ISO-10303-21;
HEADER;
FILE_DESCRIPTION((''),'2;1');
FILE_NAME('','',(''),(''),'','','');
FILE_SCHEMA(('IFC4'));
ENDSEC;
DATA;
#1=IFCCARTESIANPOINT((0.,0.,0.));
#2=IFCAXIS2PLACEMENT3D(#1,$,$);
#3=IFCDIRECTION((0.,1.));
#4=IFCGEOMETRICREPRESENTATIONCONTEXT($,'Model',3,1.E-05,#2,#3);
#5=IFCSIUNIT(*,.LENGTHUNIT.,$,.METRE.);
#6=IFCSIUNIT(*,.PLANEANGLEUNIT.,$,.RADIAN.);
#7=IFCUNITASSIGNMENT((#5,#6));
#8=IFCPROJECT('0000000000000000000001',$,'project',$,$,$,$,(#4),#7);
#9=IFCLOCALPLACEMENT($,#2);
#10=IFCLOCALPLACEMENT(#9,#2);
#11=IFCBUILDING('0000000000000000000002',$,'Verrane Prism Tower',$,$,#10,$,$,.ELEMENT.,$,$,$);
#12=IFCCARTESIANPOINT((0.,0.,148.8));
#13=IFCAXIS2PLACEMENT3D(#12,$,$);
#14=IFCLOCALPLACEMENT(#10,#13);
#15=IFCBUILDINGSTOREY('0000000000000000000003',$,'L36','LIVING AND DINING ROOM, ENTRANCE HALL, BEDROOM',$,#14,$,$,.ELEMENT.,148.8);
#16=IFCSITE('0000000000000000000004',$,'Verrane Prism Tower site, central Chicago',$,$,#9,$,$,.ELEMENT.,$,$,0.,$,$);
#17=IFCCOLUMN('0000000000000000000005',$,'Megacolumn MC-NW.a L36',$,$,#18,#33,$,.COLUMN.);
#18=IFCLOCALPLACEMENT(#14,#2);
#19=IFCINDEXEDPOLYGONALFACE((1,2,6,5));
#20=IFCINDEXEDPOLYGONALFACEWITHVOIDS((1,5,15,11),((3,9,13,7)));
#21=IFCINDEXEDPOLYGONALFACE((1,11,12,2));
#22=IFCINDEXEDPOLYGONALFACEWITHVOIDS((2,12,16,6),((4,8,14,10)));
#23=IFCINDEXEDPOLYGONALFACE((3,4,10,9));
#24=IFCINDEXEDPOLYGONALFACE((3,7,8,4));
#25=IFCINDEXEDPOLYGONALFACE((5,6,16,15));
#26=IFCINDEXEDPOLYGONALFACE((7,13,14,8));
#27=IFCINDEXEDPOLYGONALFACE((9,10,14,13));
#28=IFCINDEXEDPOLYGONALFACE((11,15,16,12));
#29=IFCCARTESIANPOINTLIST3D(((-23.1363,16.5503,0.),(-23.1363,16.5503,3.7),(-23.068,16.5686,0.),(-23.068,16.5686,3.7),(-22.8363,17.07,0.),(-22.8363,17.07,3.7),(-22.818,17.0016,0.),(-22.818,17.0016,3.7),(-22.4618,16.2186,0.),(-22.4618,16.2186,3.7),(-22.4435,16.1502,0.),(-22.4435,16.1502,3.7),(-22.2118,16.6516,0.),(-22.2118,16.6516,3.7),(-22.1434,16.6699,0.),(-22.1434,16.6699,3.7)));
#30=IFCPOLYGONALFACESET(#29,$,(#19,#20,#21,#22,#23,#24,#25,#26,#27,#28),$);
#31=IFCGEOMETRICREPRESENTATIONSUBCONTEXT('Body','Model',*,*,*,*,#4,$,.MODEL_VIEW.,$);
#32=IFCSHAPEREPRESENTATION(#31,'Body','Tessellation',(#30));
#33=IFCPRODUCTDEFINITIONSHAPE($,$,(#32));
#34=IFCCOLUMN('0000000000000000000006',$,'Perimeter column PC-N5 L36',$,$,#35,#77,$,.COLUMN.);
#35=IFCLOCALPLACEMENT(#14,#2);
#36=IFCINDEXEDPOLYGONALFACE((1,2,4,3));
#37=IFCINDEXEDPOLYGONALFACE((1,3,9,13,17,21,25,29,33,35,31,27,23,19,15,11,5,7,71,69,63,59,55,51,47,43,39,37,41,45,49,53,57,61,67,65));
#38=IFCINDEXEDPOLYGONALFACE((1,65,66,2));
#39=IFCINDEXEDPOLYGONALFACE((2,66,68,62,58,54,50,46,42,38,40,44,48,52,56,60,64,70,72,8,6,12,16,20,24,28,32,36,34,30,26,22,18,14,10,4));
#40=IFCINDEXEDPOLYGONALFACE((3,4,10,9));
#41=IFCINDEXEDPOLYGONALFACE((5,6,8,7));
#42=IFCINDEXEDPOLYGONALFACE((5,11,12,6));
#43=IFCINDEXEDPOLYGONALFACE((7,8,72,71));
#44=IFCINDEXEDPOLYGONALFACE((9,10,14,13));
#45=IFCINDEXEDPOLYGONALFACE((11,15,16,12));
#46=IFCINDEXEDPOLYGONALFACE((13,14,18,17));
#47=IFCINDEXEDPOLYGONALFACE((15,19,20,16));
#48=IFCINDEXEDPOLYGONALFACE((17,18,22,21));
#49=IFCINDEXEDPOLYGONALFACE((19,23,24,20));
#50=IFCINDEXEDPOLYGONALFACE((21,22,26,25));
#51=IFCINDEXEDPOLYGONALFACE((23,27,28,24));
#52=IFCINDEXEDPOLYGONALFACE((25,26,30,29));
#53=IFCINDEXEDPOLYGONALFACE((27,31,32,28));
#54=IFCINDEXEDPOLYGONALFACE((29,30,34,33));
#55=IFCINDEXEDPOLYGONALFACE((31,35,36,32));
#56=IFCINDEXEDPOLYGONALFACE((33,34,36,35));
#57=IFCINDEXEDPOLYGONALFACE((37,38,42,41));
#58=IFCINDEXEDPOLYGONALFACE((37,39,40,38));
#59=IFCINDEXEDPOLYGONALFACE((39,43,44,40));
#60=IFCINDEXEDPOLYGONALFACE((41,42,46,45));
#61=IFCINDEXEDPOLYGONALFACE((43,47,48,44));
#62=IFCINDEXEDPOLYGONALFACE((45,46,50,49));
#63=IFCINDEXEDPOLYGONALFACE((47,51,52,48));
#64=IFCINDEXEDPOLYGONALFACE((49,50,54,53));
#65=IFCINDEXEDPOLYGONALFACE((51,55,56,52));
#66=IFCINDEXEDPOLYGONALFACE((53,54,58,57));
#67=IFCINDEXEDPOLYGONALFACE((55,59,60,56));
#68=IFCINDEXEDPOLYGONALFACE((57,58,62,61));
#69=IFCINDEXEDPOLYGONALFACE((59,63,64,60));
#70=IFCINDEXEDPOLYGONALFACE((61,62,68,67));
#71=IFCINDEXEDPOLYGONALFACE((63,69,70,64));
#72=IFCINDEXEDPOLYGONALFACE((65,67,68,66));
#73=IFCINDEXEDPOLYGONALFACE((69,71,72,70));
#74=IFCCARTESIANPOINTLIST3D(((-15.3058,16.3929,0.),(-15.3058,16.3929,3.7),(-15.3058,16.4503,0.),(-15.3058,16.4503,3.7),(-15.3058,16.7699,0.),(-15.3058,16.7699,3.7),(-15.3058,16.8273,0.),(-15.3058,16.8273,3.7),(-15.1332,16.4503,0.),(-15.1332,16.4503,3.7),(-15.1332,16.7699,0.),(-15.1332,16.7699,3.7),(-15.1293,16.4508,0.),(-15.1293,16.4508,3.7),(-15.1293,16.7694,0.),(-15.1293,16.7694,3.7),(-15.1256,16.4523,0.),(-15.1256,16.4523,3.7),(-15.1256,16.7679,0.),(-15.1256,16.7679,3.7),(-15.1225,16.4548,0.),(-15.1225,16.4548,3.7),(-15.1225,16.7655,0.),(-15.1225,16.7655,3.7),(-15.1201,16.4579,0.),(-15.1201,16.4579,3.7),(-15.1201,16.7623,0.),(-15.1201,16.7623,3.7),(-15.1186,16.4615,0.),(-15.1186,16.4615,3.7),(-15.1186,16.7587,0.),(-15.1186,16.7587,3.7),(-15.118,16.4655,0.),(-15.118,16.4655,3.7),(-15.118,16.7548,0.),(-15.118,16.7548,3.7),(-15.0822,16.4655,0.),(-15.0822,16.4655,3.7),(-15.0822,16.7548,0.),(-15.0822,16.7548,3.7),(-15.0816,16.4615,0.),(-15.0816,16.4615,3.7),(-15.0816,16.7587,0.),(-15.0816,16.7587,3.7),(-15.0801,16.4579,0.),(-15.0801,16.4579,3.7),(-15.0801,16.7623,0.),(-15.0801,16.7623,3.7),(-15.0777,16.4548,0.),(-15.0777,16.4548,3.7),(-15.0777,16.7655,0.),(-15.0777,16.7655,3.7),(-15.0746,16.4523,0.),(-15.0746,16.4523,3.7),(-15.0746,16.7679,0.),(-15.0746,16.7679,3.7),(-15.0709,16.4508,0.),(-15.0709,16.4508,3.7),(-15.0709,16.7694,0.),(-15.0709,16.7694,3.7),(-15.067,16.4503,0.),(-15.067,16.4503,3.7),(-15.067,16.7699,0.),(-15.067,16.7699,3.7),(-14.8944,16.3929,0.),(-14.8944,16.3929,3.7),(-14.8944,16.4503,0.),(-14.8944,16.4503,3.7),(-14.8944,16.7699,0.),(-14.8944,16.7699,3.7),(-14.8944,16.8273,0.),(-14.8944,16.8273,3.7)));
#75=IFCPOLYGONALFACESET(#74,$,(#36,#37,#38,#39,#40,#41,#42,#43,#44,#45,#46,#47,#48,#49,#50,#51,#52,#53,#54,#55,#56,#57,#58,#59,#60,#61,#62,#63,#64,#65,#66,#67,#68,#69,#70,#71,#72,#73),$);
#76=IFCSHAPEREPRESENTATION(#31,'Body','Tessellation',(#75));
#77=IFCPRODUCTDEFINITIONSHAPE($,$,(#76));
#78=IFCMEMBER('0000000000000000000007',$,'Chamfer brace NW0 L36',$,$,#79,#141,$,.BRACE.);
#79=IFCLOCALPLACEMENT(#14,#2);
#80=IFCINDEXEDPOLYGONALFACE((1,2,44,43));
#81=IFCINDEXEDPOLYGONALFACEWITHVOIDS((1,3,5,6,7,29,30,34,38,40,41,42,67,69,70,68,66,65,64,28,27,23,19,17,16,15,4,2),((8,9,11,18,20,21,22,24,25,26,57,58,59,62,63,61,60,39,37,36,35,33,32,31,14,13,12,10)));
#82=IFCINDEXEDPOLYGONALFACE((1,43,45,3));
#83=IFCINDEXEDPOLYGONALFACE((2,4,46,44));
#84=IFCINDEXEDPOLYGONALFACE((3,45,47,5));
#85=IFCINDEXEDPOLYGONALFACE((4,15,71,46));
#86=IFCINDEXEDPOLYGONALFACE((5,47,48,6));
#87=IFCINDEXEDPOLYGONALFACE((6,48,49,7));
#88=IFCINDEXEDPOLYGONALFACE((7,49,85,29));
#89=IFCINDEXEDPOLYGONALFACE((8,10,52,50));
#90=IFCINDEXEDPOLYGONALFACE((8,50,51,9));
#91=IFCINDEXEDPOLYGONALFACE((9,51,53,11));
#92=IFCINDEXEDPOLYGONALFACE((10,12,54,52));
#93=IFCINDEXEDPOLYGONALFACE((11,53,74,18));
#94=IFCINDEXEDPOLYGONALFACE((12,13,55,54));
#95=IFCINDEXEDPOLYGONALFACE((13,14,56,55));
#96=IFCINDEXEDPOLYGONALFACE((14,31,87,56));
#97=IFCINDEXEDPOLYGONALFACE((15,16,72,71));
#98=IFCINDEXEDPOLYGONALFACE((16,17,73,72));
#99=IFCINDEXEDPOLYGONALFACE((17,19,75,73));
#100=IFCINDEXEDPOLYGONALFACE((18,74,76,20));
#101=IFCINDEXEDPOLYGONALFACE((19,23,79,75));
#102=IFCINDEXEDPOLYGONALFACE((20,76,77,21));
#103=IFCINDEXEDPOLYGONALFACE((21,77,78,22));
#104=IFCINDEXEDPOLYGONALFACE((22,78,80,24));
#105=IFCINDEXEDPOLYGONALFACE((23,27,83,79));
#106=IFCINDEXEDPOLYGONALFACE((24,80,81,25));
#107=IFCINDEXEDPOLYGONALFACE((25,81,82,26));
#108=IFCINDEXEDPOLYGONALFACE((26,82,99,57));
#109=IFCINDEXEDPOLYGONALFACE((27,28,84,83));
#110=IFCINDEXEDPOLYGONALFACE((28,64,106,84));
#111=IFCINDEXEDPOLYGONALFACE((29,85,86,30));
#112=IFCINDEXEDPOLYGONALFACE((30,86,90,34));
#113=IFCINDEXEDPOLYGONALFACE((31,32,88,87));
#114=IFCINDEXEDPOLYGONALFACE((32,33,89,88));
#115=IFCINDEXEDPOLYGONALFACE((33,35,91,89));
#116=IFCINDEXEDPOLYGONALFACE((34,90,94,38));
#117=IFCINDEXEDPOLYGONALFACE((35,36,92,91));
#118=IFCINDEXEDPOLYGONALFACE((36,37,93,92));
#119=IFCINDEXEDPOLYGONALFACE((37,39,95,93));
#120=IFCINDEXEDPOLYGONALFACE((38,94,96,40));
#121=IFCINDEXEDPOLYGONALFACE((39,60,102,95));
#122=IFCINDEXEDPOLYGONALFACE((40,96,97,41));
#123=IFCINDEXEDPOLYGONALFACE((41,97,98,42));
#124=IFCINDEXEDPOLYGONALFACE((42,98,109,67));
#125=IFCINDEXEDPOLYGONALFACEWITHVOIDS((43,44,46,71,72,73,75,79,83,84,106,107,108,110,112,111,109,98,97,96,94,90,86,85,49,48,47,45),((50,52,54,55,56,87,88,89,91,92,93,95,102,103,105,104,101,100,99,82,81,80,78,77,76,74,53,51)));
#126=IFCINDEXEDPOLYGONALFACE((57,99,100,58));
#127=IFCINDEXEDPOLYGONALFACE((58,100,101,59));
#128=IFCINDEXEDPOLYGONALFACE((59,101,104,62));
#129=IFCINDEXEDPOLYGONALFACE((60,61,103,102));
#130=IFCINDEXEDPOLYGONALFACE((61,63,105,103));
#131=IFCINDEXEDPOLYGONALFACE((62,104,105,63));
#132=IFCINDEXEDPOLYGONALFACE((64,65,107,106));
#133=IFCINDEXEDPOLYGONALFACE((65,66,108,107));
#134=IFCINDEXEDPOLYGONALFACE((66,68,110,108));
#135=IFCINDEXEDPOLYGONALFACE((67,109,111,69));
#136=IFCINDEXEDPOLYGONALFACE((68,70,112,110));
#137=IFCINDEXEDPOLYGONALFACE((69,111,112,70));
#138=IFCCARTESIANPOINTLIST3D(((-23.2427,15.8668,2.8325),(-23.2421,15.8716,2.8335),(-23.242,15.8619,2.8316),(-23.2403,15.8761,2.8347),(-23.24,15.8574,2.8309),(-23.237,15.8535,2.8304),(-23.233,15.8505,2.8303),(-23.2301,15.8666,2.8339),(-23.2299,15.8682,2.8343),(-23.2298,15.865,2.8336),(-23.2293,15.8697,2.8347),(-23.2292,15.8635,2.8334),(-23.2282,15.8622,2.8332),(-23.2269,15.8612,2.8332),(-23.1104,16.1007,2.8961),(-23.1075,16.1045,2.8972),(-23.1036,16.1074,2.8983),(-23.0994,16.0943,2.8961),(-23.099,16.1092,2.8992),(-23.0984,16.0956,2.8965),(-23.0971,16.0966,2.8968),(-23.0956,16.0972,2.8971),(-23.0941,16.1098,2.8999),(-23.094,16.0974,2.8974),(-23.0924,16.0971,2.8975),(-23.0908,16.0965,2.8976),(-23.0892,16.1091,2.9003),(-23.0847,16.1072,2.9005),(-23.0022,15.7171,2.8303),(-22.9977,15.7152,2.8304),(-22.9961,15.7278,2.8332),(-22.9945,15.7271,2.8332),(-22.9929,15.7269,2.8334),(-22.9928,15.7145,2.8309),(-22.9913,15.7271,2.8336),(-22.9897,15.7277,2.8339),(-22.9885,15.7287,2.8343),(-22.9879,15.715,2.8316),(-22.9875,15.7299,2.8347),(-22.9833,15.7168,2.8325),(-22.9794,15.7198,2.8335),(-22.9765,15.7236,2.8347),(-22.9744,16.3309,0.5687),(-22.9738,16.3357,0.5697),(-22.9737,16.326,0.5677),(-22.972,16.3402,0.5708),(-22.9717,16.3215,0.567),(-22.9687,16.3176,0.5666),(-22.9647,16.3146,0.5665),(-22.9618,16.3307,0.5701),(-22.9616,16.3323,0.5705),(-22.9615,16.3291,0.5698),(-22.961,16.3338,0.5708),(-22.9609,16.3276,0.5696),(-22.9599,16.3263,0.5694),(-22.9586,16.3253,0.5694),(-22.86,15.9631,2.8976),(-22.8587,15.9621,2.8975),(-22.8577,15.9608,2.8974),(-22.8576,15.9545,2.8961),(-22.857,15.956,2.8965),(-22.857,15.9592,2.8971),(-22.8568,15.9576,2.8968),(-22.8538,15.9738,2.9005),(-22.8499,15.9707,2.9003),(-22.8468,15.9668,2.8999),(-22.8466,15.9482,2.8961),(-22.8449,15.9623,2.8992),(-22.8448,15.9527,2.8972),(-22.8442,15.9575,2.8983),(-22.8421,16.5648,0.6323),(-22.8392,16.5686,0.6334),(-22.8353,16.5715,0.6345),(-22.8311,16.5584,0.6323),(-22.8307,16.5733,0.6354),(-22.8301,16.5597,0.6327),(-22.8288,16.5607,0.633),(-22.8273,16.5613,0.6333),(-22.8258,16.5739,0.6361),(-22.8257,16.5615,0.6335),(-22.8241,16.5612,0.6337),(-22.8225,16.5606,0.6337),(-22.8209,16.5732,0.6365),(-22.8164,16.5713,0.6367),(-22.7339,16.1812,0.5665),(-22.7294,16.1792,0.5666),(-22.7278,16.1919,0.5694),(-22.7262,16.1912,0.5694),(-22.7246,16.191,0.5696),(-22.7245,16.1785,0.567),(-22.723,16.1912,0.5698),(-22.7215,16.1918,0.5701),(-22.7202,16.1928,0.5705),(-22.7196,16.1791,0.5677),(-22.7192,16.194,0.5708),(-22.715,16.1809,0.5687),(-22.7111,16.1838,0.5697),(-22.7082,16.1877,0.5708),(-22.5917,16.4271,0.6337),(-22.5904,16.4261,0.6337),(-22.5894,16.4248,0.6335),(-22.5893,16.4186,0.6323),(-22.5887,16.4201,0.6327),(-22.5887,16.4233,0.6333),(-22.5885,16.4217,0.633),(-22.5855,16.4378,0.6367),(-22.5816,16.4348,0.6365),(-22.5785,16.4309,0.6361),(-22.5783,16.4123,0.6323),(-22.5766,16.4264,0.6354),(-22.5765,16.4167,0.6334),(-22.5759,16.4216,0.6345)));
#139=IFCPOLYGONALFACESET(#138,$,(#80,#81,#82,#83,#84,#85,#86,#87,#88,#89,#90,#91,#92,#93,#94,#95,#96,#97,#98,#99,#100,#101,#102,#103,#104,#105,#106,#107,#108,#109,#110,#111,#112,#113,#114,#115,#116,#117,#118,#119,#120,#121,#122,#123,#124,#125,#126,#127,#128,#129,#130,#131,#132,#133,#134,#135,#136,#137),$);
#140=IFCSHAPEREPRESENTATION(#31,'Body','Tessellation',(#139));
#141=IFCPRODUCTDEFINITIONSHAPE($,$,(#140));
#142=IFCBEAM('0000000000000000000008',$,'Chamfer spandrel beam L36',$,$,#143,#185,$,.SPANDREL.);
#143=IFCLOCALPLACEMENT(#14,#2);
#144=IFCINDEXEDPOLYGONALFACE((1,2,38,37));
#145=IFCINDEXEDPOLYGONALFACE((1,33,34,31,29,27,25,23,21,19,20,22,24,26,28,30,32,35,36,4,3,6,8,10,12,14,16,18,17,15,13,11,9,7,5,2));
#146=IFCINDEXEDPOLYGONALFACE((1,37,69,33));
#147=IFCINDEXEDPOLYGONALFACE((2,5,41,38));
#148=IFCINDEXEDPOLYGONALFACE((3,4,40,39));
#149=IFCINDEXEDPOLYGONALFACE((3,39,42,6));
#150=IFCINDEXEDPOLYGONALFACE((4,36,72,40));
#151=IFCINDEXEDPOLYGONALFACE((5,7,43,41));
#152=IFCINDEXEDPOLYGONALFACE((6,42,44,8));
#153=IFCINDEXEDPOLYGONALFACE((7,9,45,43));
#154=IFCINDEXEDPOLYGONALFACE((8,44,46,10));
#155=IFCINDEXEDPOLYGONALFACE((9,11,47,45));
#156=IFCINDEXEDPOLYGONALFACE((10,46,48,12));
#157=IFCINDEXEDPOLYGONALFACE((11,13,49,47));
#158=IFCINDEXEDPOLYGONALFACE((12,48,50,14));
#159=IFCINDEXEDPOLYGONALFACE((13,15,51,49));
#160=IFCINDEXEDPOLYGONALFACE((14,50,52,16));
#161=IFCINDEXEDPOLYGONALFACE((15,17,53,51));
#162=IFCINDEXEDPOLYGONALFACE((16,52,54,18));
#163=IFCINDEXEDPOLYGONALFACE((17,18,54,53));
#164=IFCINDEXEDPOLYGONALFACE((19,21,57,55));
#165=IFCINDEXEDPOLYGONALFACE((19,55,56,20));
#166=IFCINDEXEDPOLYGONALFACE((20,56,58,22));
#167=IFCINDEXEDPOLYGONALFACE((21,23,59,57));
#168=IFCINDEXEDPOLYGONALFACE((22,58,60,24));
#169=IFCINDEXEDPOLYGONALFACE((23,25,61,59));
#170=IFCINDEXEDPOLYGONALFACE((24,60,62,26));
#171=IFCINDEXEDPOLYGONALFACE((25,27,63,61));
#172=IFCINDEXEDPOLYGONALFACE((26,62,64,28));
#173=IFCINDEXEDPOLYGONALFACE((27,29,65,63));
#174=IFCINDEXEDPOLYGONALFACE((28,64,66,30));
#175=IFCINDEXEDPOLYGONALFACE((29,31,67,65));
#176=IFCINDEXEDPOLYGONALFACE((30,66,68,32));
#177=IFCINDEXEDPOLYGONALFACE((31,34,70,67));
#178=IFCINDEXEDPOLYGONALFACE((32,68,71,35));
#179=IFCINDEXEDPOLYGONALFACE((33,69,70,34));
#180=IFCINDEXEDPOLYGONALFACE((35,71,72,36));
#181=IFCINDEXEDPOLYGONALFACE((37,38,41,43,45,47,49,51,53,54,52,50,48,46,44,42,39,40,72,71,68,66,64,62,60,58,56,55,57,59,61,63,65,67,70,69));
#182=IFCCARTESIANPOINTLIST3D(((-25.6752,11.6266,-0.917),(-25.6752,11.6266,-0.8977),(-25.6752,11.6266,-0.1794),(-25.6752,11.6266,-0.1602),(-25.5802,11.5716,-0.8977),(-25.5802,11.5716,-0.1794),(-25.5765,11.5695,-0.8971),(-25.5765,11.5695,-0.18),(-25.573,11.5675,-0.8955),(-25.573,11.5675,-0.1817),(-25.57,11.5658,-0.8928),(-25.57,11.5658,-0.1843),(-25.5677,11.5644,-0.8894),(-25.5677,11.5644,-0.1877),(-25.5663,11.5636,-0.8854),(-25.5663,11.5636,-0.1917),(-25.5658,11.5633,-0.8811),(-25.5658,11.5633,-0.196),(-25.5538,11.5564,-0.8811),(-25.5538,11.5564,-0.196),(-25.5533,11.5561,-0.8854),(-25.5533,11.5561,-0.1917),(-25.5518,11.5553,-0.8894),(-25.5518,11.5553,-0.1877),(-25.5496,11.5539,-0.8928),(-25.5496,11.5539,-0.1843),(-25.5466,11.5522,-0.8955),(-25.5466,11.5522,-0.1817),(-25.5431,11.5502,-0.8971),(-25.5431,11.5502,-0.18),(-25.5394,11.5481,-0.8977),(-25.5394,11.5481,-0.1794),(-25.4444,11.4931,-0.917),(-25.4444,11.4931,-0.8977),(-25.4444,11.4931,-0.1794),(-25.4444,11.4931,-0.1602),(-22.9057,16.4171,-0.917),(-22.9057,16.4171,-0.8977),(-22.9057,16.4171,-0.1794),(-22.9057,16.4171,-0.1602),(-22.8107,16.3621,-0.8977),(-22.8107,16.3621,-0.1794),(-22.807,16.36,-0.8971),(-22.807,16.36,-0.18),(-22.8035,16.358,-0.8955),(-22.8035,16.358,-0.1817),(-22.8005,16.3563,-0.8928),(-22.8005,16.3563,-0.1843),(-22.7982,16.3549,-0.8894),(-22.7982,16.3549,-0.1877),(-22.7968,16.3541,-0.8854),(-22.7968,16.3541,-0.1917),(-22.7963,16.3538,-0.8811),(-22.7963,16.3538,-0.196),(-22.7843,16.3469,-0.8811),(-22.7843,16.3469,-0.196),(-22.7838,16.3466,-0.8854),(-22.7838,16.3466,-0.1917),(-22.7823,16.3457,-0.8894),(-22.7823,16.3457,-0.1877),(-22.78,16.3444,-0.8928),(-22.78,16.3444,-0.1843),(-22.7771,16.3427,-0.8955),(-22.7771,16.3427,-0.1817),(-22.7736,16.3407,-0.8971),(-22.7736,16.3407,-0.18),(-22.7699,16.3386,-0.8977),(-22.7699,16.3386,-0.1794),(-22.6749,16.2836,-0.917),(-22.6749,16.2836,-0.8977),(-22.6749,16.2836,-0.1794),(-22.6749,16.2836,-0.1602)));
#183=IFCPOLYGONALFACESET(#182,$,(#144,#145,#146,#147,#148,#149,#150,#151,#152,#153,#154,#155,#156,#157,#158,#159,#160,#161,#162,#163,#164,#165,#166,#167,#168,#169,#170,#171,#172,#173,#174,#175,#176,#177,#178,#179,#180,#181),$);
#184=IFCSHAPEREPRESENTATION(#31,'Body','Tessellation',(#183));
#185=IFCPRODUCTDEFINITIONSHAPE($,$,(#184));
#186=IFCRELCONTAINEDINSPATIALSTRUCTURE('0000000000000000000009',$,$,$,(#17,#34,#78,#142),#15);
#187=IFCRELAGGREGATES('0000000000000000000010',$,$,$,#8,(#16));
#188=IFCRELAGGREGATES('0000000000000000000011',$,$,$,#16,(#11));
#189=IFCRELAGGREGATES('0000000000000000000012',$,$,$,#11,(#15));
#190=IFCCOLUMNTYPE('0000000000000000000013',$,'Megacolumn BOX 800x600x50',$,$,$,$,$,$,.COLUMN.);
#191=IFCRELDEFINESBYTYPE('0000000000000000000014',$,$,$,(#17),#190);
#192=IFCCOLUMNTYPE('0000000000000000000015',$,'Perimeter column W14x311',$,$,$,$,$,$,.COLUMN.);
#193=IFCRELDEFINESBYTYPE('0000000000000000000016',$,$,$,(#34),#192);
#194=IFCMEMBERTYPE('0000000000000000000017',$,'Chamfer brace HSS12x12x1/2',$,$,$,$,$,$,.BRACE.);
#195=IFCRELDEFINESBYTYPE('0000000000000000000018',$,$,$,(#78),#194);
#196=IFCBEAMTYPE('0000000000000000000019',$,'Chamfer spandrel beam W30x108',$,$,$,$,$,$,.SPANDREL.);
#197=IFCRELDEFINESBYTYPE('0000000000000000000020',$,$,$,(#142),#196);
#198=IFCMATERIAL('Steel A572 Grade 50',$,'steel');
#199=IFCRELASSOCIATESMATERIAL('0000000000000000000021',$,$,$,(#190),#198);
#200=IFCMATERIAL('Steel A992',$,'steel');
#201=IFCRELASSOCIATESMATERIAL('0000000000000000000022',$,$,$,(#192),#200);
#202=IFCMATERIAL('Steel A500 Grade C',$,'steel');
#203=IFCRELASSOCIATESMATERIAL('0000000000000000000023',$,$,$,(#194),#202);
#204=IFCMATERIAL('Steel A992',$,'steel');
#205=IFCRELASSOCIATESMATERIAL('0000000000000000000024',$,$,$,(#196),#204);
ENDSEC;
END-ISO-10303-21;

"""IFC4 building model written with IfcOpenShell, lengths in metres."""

from ifc_helpers import new_model, si_unit, direction, frame, origin, origin_2d, place, context, subcontext, project, spatial, hollow_rectangle, i_section, extrude, material, material_profile, profile_set, type_object, element, save


model = new_model("IFC4")

# Units and contexts
model_context = context("Model", 3, precision=1e-05, world=origin(), true_north=direction((0.0, 1.0)))
body_context = subcontext(model_context, "Body", "Model", "MODEL_VIEW")
ifc_project = project(units=[si_unit("LENGTHUNIT", "METRE"), si_unit("PLANEANGLEUNIT", "RADIAN")], contexts=[model_context])

# Site, building, storey
site_placement = place(None, origin())
site = spatial("IfcSite", under=ifc_project, at=site_placement, Name="Verrane Prism Tower site, central Chicago", CompositionType="ELEMENT", RefElevation=0.0)
building_placement = place(site_placement, origin())
building = spatial("IfcBuilding", under=site, at=building_placement, Name="Verrane Prism Tower", CompositionType="ELEMENT")
storey_placement = place(building_placement, frame((0.0, 0.0, 148.8)))
storey = spatial("IfcBuildingStorey", under=building, at=storey_placement, Name="L36", Description="LIVING AND DINING ROOM, ENTRANCE HALL, BEDROOM", CompositionType="ELEMENT", Elevation=148.8)

# Columns
ifc_material_1 = material(Name="Steel A572 Grade 50", Category="steel")
ifc_material_profile_1 = material_profile(ifc_material_1, hollow_rectangle(XDim=0.6001, YDim=0.8, WallThickness=0.05, at=origin_2d()), Name="BOX 800x600x50")
ifc_profile_set_1 = profile_set([ifc_material_profile_1], Name="Steel A572 Grade 50")
column_type_1 = type_object("IfcColumnType", Name="Megacolumn BOX 800x600x50", PredefinedType="COLUMN", material=ifc_profile_set_1)
column_1_placement = place(storey_placement, frame((-22.6399, 16.6101, 0.0), z_axis=(0.0, 0.0, 1.0), x_axis=(0.5, 0.866025, 0.0)))
element("IfcColumn", 1, at=column_1_placement, inside=storey, type_object=column_type_1, Name="Megacolumn MC-NW.a L36", PredefinedType="COLUMN", context=body_context, shape_type="SweptSolid", body=[
    extrude(hollow_rectangle(XDim=0.6001, YDim=0.8, WallThickness=0.05, at=origin_2d()), origin(), (0.0, 0.0, 1.0), 3.7),
])
ifc_material_2 = material(Name="Steel A992", Category="steel")
ifc_material_profile_2 = material_profile(ifc_material_2, i_section(OverallWidth=0.4114, OverallDepth=0.4343, WebThickness=0.0359, FlangeThickness=0.0574, FilletRadius=0.0151, at=origin_2d()), Name="W14x311")
ifc_profile_set_2 = profile_set([ifc_material_profile_2], Name="Steel A992")
column_type_2 = type_object("IfcColumnType", Name="Perimeter column W14x311", PredefinedType="COLUMN", material=ifc_profile_set_2)
column_2_placement = place(storey_placement, frame((-15.1001, 16.6101, 0.0), z_axis=(0.0, 0.0, 1.0), x_axis=(1.0, 0.0, 0.0)))
element("IfcColumn", 2, at=column_2_placement, inside=storey, type_object=column_type_2, Name="Perimeter column PC-N5 L36", PredefinedType="COLUMN", context=body_context, shape_type="SweptSolid", body=[
    extrude(i_section(OverallWidth=0.4114, OverallDepth=0.4343, WebThickness=0.0359, FlangeThickness=0.0574, FilletRadius=0.0151, at=origin_2d()), origin(), (0.0, 0.0, 1.0), 3.7),
])

# Member
ifc_material_3 = material(Name="Steel A500 Grade C", Category="steel")
ifc_material_profile_3 = material_profile(ifc_material_3, hollow_rectangle(XDim=0.3047, YDim=0.3047, WallThickness=0.0127, InnerFilletRadius=0.0063, OuterFilletRadius=0.019, at=origin_2d()), Name="HSS12x12x1/2")
ifc_profile_set_3 = profile_set([ifc_material_profile_3], Name="Steel A500 Grade C")
member_type_1 = type_object("IfcMemberType", Name="Chamfer brace HSS12x12x1/2", PredefinedType="BRACE", material=ifc_profile_set_3)
member_1_placement = place(storey_placement, frame((-22.7751, 16.3762, 0.6016), z_axis=(-0.115327, -0.199487, 0.97309), x_axis=(0.865738, -0.500498, 0.0)))
element("IfcMember", 3, at=member_1_placement, inside=storey, type_object=member_type_1, Name="Chamfer brace NW0 L36", PredefinedType="BRACE", context=body_context, shape_type="SweptSolid", body=[
    extrude(hollow_rectangle(XDim=0.3047, YDim=0.3047, WallThickness=0.0127, InnerFilletRadius=0.0063, OuterFilletRadius=0.019, at=origin_2d()), origin(), (0.0, 0.0, 1.0), 2.3264),
])

# Beam
ifc_material_4 = material(Name="Steel A992", Category="steel")
ifc_material_profile_4 = material_profile(ifc_material_4, i_section(OverallWidth=0.2666, OverallDepth=0.7568, WebThickness=0.0139, FlangeThickness=0.0193, FilletRadius=0.0166, at=origin_2d()), Name="W30x108")
ifc_profile_set_4 = profile_set([ifc_material_profile_4], Name="Steel A992")
beam_type_1 = type_object("IfcBeamType", Name="Chamfer spandrel beam W30x108", PredefinedType="SPANDREL", material=ifc_profile_set_4)
beam_1_placement = place(storey_placement, frame((-22.7903, 16.3503, -0.5386), z_axis=(-0.500504, -0.865734, 0.0), x_axis=(0.865734, -0.500504, 0.0)))
element("IfcBeam", 4, at=beam_1_placement, inside=storey, type_object=beam_type_1, Name="Chamfer spandrel beam L36", PredefinedType="SPANDREL", context=body_context, shape_type="SweptSolid", body=[
    extrude(i_section(OverallWidth=0.2666, OverallDepth=0.7568, WebThickness=0.0139, FlangeThickness=0.0193, FilletRadius=0.0166, at=origin_2d()), origin(), (0.0, 0.0, 1.0), 5.5334),
])

save(model, "model.ifc")
